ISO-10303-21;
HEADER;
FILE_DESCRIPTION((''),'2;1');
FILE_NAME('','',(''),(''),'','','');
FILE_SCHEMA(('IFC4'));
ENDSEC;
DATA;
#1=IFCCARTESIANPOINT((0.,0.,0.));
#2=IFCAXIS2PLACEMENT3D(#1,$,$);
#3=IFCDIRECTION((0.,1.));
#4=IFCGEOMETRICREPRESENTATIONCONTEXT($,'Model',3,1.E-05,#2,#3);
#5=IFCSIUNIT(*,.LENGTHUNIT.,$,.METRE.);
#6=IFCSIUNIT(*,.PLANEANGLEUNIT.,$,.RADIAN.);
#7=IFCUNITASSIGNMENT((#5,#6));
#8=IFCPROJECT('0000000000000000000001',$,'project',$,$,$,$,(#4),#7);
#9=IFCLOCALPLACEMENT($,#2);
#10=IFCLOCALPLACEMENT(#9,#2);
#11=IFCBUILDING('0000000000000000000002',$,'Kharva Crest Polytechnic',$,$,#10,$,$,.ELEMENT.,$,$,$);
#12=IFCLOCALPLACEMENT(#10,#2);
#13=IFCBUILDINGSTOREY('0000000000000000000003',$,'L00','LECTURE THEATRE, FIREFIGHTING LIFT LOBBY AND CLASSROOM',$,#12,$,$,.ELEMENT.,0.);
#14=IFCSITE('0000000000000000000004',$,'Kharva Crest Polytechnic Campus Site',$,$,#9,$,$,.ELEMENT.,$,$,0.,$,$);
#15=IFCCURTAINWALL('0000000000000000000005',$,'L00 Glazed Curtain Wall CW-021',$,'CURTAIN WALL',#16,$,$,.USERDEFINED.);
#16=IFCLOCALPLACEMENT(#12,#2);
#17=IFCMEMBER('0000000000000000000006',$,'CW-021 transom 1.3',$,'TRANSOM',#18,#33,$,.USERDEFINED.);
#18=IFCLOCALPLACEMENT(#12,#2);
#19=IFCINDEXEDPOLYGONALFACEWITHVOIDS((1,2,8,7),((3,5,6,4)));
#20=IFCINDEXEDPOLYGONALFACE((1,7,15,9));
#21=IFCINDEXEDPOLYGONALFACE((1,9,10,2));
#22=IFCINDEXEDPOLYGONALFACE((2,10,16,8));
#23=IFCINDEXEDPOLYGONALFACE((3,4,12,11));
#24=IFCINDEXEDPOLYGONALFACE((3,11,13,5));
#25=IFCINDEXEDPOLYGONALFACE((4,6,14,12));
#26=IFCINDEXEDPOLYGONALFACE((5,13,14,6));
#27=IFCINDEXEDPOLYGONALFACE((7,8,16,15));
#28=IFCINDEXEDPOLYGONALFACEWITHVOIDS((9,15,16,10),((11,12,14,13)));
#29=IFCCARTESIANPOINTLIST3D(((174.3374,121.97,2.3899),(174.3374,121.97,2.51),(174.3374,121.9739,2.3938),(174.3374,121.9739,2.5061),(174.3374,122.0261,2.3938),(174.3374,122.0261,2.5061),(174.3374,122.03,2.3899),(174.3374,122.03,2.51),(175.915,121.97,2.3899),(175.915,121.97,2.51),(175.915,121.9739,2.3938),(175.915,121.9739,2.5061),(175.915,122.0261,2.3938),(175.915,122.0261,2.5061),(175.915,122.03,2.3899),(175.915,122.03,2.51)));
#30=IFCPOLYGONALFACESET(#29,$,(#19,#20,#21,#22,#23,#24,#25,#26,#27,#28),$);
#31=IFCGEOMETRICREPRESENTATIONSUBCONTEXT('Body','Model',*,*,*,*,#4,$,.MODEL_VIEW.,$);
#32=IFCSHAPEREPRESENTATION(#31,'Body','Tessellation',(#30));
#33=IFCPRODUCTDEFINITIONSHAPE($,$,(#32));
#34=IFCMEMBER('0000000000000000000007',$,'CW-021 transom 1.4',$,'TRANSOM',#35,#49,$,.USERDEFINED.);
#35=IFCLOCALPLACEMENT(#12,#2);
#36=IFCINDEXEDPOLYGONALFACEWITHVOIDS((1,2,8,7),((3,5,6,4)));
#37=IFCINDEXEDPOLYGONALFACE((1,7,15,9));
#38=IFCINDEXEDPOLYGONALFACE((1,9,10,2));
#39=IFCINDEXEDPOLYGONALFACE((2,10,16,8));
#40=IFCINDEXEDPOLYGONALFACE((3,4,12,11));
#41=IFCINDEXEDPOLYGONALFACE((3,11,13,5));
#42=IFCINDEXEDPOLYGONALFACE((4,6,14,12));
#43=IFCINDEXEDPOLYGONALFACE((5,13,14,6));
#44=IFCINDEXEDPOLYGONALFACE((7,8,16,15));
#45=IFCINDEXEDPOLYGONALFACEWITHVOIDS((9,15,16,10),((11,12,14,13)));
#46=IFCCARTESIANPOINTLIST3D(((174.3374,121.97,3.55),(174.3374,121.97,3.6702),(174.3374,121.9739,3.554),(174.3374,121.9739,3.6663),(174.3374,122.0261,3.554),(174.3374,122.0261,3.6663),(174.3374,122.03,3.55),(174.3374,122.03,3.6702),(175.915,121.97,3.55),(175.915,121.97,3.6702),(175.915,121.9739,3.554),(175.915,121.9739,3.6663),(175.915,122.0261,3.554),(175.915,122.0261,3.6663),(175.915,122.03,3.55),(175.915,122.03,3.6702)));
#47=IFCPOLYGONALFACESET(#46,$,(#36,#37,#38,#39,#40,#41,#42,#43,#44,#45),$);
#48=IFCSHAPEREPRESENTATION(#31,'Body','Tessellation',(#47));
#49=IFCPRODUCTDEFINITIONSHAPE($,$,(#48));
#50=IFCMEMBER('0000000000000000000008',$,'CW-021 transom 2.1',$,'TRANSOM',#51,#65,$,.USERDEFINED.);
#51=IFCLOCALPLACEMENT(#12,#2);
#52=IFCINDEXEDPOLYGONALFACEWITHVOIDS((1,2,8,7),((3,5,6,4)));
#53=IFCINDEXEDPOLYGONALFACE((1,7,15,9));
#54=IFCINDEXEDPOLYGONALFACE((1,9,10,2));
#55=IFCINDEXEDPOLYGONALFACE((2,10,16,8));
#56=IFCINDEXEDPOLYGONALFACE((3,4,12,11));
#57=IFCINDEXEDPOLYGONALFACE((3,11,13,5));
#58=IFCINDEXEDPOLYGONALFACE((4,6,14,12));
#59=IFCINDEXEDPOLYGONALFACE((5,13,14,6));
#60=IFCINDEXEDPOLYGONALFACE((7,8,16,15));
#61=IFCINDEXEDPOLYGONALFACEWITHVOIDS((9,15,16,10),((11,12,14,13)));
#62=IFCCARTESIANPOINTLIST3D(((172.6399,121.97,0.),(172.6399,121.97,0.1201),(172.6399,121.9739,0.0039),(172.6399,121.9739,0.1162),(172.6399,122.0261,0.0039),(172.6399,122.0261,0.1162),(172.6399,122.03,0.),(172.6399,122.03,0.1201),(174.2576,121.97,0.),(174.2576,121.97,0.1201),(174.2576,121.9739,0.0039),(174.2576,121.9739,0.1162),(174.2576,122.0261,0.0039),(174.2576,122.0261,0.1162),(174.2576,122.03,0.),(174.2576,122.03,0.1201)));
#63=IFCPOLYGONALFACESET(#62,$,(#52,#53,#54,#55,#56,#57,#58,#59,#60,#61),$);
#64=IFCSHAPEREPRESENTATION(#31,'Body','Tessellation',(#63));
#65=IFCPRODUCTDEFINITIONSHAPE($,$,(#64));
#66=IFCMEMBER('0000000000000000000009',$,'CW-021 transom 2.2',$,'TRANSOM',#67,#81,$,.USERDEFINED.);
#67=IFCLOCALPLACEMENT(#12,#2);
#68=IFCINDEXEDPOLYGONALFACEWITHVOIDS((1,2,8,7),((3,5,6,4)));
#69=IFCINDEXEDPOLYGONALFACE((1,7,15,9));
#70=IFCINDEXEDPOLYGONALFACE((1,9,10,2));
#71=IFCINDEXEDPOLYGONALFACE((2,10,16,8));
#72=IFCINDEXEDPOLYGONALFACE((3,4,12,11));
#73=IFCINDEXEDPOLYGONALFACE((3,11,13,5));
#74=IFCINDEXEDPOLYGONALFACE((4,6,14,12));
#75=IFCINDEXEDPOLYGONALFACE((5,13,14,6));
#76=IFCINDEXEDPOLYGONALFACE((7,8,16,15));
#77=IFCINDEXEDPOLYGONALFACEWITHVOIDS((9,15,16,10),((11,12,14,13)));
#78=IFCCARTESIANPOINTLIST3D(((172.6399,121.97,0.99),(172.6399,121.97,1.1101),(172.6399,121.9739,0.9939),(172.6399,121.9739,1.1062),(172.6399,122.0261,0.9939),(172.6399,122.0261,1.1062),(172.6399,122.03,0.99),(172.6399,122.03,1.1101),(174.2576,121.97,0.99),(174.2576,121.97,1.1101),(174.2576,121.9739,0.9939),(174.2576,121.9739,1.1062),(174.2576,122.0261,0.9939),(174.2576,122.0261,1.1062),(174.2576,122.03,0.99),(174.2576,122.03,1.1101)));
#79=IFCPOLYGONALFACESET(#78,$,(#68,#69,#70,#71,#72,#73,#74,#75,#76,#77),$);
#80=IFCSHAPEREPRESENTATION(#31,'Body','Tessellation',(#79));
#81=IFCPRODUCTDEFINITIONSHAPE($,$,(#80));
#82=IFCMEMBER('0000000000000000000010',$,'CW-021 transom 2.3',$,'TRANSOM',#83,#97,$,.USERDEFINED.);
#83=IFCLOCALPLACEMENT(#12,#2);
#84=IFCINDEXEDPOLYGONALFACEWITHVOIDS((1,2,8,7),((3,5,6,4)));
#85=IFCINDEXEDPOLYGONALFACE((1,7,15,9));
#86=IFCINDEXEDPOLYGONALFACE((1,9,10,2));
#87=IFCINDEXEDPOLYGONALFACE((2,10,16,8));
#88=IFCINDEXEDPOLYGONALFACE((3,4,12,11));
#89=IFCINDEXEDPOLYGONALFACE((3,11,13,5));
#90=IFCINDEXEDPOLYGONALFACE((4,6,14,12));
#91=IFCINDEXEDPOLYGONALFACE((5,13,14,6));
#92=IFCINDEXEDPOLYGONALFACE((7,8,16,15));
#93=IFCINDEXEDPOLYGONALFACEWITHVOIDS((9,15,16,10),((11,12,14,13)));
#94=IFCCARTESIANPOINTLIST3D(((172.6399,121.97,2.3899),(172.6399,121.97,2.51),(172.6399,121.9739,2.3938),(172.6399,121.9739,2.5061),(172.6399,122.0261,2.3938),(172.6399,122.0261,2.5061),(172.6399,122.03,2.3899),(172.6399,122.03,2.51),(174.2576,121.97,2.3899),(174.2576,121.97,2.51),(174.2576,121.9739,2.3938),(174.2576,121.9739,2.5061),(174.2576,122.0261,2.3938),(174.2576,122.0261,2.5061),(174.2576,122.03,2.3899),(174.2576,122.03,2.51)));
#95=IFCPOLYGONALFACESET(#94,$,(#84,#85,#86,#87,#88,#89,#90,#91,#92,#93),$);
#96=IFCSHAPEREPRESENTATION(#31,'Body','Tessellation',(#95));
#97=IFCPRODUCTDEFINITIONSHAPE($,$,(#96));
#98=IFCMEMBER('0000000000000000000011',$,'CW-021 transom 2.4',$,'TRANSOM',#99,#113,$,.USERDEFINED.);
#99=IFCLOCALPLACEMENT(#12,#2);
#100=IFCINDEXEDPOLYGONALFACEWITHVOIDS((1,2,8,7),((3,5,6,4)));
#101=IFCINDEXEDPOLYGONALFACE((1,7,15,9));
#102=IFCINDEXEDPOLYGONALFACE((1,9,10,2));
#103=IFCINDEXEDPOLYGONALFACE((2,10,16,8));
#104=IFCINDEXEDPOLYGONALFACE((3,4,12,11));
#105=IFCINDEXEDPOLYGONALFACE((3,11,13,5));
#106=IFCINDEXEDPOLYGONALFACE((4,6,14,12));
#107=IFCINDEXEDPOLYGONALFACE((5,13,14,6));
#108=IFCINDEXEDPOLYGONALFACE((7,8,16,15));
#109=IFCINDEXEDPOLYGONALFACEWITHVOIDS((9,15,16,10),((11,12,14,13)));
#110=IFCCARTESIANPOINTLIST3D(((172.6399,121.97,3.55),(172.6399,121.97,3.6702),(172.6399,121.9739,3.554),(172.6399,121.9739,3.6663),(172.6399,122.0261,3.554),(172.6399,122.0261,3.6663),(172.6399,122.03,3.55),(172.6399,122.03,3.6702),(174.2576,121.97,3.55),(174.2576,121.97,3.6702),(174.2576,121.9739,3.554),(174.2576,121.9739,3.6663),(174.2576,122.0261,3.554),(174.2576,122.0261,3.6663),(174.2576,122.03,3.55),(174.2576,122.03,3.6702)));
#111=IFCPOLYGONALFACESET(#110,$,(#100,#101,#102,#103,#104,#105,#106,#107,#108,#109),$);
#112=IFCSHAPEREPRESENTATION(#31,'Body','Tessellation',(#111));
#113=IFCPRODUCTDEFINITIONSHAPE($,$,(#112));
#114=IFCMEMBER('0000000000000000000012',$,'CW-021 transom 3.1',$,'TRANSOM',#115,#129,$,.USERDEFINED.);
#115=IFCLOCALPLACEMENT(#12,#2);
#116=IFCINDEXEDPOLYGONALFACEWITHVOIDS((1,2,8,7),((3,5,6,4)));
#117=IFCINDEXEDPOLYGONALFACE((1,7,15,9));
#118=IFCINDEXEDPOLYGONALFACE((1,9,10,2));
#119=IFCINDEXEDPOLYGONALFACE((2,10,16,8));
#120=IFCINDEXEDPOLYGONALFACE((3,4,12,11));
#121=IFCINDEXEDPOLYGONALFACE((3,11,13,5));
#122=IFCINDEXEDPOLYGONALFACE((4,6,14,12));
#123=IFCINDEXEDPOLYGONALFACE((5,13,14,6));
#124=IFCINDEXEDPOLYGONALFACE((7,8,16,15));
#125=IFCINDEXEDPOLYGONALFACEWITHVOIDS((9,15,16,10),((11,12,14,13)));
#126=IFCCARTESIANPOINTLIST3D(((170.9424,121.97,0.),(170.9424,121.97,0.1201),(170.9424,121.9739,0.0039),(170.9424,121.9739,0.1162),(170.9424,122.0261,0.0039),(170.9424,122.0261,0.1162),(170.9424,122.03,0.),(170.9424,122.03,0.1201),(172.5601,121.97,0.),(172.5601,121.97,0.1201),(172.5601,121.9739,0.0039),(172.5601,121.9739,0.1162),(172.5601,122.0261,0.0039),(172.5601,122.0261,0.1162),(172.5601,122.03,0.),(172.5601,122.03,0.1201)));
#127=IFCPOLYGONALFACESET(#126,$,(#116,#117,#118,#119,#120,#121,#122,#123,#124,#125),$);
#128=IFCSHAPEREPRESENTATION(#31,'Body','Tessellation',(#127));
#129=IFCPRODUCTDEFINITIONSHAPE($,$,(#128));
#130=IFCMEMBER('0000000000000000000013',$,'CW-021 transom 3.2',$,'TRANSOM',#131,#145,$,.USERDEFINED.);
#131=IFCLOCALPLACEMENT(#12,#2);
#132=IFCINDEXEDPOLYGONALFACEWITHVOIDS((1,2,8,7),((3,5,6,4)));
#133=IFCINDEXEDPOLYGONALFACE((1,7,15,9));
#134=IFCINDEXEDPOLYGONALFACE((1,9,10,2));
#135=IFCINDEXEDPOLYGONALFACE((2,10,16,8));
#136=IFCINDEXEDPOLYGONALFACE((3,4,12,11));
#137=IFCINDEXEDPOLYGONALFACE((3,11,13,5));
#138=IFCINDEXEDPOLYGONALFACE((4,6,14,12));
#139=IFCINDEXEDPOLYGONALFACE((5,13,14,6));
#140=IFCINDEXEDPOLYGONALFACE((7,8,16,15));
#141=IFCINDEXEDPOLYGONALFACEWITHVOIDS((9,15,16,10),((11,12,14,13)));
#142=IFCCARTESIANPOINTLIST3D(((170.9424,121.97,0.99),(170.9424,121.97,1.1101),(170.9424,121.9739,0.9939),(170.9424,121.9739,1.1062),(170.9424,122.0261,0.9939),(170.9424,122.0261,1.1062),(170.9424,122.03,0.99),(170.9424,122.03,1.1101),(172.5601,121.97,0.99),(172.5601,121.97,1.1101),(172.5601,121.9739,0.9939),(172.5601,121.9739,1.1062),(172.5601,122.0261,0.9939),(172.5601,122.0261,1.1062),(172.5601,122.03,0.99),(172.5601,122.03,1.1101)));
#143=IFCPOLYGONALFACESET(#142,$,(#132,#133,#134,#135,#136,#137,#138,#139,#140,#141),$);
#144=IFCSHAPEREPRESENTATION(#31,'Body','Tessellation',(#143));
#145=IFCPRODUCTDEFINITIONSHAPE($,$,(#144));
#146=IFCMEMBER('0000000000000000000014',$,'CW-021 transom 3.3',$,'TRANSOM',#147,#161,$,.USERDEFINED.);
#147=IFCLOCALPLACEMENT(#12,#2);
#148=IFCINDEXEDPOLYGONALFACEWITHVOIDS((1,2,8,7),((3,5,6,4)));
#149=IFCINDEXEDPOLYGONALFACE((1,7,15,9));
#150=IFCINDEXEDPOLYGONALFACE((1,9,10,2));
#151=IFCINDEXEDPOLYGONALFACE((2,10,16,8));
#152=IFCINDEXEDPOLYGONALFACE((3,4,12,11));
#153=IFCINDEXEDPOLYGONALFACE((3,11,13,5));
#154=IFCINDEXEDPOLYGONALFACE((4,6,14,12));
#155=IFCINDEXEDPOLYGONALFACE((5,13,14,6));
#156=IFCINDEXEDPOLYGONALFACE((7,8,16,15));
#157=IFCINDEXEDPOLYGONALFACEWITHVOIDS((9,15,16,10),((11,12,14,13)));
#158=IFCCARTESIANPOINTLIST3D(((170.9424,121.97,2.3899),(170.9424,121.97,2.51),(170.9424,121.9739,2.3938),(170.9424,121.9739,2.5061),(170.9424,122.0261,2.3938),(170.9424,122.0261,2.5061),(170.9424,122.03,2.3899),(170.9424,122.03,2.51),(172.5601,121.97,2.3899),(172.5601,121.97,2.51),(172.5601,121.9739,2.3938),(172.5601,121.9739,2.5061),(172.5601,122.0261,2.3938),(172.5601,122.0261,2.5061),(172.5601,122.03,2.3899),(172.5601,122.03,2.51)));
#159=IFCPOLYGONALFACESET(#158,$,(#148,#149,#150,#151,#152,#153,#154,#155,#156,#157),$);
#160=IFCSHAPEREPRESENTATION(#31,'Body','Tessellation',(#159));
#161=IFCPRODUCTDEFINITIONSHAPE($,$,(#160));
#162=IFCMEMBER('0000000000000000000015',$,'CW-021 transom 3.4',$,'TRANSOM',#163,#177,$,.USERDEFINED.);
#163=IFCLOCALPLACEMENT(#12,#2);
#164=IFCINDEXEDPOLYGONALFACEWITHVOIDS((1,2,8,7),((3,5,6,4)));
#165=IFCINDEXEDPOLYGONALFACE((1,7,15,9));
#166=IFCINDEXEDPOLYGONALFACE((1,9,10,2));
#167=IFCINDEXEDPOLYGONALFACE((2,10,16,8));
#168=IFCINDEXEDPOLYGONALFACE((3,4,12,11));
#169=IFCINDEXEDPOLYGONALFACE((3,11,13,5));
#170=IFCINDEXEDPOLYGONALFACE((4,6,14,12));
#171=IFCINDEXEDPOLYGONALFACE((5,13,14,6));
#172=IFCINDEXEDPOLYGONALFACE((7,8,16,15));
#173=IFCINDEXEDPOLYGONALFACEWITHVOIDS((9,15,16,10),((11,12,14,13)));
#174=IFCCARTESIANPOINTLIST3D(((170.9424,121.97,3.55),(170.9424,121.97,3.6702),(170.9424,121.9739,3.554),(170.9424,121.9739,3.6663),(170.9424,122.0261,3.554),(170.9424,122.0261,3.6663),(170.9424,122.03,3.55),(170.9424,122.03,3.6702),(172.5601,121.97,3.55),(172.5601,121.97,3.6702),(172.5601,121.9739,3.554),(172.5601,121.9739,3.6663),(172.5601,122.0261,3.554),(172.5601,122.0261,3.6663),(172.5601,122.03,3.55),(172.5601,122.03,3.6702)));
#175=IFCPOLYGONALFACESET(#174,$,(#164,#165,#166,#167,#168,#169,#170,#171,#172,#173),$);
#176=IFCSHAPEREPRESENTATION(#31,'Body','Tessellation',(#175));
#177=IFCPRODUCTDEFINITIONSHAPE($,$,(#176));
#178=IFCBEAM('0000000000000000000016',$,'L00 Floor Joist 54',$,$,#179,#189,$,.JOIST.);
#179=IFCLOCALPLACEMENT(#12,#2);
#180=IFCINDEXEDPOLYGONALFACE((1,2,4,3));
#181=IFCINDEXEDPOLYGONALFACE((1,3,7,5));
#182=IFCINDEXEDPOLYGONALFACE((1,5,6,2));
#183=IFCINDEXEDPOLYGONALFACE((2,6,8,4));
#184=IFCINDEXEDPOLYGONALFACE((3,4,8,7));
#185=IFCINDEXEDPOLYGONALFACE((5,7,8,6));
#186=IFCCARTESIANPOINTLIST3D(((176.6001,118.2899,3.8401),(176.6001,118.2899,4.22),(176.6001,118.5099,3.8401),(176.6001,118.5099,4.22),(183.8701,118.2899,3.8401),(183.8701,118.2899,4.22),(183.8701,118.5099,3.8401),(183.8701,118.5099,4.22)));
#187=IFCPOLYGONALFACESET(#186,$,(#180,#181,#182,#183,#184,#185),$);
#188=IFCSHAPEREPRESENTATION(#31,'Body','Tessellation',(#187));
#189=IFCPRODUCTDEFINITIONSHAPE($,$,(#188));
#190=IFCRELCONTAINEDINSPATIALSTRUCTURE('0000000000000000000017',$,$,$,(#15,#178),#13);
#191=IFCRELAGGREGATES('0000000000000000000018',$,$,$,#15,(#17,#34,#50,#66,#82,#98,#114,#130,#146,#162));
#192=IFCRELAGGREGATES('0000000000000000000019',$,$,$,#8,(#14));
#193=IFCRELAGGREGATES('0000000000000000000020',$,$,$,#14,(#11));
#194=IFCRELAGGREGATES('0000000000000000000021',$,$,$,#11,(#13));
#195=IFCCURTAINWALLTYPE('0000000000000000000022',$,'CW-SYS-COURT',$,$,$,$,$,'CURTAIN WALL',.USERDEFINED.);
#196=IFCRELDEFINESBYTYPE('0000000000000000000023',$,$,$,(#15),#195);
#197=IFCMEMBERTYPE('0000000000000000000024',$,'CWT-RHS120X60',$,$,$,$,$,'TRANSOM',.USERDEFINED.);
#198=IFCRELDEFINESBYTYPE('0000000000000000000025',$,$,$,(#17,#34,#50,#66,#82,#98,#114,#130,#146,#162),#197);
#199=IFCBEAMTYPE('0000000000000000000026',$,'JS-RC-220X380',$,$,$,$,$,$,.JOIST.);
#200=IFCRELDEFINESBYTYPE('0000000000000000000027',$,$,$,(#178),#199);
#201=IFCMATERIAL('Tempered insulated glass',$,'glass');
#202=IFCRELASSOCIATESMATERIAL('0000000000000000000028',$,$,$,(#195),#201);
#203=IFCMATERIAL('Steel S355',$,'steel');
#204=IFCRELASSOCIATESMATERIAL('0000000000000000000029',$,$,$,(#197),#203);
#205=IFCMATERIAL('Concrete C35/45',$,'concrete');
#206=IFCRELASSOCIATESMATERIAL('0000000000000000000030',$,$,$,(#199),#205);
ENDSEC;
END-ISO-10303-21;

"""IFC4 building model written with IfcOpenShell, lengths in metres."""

from ifc_helpers import new_model, si_unit, direction, frame, origin, origin_2d, place, context, subcontext, project, spatial, rectangle, hollow_rectangle, extrude, material, material_profile, profile_set, type_object, element, aggregate, save


model = new_model("IFC4")

# Units and contexts
model_context = context("Model", 3, precision=1e-05, world=origin(), true_north=direction((0.0, 1.0)))
body_context = subcontext(model_context, "Body", "Model", "MODEL_VIEW")
ifc_project = project(units=[si_unit("LENGTHUNIT", "METRE"), si_unit("PLANEANGLEUNIT", "RADIAN")], contexts=[model_context])

# Site, building, storey
site_placement = place(None, origin())
site = spatial("IfcSite", under=ifc_project, at=site_placement, Name="Kharva Crest Polytechnic Campus Site", CompositionType="ELEMENT", RefElevation=0.0)
building_placement = place(site_placement, origin())
building = spatial("IfcBuilding", under=site, at=building_placement, Name="Kharva Crest Polytechnic", CompositionType="ELEMENT")
storey_placement = place(building_placement, origin())
storey = spatial("IfcBuildingStorey", under=building, at=storey_placement, Name="L00", Description="LECTURE THEATRE, FIREFIGHTING LIFT LOBBY AND CLASSROOM", CompositionType="ELEMENT", Elevation=0.0)

# Shared definitions
ifc_material_1 = material(Name="Concrete C35/45", Category="concrete")

# Curtain wall, members
ifc_material_2 = material(Name="Tempered insulated glass", Category="glass")
curtain_wall_type = type_object("IfcCurtainWallType", Name="CW-SYS-COURT", ElementType="CURTAIN WALL", PredefinedType="USERDEFINED", material=ifc_material_2)
curtain_wall_placement = place(storey_placement, origin())
curtain_wall = element("IfcCurtainWall", 1, at=curtain_wall_placement, inside=storey, type_object=curtain_wall_type, Name="L00 Glazed Curtain Wall CW-021", ObjectType="CURTAIN WALL", PredefinedType="USERDEFINED")
ifc_material_3 = material(Name="Steel S355", Category="steel")
ifc_material_profile_1 = material_profile(ifc_material_3, hollow_rectangle(XDim=0.0601, YDim=0.1201, WallThickness=0.0039, at=origin_2d()), Name="RHS 120X60X4.0")
ifc_profile_set_1 = profile_set([ifc_material_profile_1], Name="Steel S355")
member_type_1 = type_object("IfcMemberType", Name="CWT-RHS120X60", ElementType="TRANSOM", PredefinedType="USERDEFINED", material=ifc_profile_set_1)
member_1_placement = place(storey_placement, frame((175.915, 122.0, 2.45), z_axis=(-1.0, 0.0, 0.0), x_axis=(0.0, -1.0, 0.0)))
member_1 = element("IfcMember", 2, at=member_1_placement, type_object=member_type_1, Name="CW-021 transom 1.3", ObjectType="TRANSOM", PredefinedType="USERDEFINED", context=body_context, shape_type="SweptSolid", body=[
    extrude(hollow_rectangle(XDim=0.0601, YDim=0.1201, WallThickness=0.0039, at=origin_2d()), origin(), (0.0, 0.0, 1.0), 1.5776),
])
member_2_placement = place(storey_placement, frame((175.915, 122.0, 3.6101), z_axis=(-1.0, 0.0, 0.0), x_axis=(0.0, -1.0, 0.0)))
member_2 = element("IfcMember", 3, at=member_2_placement, type_object=member_type_1, Name="CW-021 transom 1.4", ObjectType="TRANSOM", PredefinedType="USERDEFINED", context=body_context, shape_type="SweptSolid", body=[
    extrude(hollow_rectangle(XDim=0.0601, YDim=0.1201, WallThickness=0.0039, at=origin_2d()), origin(), (0.0, 0.0, 1.0), 1.5776),
])
member_3_placement = place(storey_placement, frame((174.2576, 122.0, 0.0601), z_axis=(-1.0, 0.0, 0.0), x_axis=(0.0, -1.0, 0.0)))
member_3 = element("IfcMember", 4, at=member_3_placement, type_object=member_type_1, Name="CW-021 transom 2.1", ObjectType="TRANSOM", PredefinedType="USERDEFINED", context=body_context, shape_type="SweptSolid", body=[
    extrude(hollow_rectangle(XDim=0.0601, YDim=0.1201, WallThickness=0.0039, at=origin_2d()), origin(), (0.0, 0.0, 1.0), 1.6177),
])
member_4_placement = place(storey_placement, frame((174.2576, 122.0, 1.05), z_axis=(-1.0, 0.0, 0.0), x_axis=(0.0, -1.0, 0.0)))
member_4 = element("IfcMember", 5, at=member_4_placement, type_object=member_type_1, Name="CW-021 transom 2.2", ObjectType="TRANSOM", PredefinedType="USERDEFINED", context=body_context, shape_type="SweptSolid", body=[
    extrude(hollow_rectangle(XDim=0.0601, YDim=0.1201, WallThickness=0.0039, at=origin_2d()), origin(), (0.0, 0.0, 1.0), 1.6177),
])
member_5_placement = place(storey_placement, frame((174.2576, 122.0, 2.45), z_axis=(-1.0, 0.0, 0.0), x_axis=(0.0, -1.0, 0.0)))
member_5 = element("IfcMember", 6, at=member_5_placement, type_object=member_type_1, Name="CW-021 transom 2.3", ObjectType="TRANSOM", PredefinedType="USERDEFINED", context=body_context, shape_type="SweptSolid", body=[
    extrude(hollow_rectangle(XDim=0.0601, YDim=0.1201, WallThickness=0.0039, at=origin_2d()), origin(), (0.0, 0.0, 1.0), 1.6177),
])
member_6_placement = place(storey_placement, frame((174.2576, 122.0, 3.6101), z_axis=(-1.0, 0.0, 0.0), x_axis=(0.0, -1.0, 0.0)))
member_6 = element("IfcMember", 7, at=member_6_placement, type_object=member_type_1, Name="CW-021 transom 2.4", ObjectType="TRANSOM", PredefinedType="USERDEFINED", context=body_context, shape_type="SweptSolid", body=[
    extrude(hollow_rectangle(XDim=0.0601, YDim=0.1201, WallThickness=0.0039, at=origin_2d()), origin(), (0.0, 0.0, 1.0), 1.6177),
])
member_7_placement = place(storey_placement, frame((172.5601, 122.0, 0.0601), z_axis=(-1.0, 0.0, 0.0), x_axis=(0.0, -1.0, 0.0)))
member_7 = element("IfcMember", 8, at=member_7_placement, type_object=member_type_1, Name="CW-021 transom 3.1", ObjectType="TRANSOM", PredefinedType="USERDEFINED", context=body_context, shape_type="SweptSolid", body=[
    extrude(hollow_rectangle(XDim=0.0601, YDim=0.1201, WallThickness=0.0039, at=origin_2d()), origin(), (0.0, 0.0, 1.0), 1.6177),
])
member_8_placement = place(storey_placement, frame((172.5601, 122.0, 1.05), z_axis=(-1.0, 0.0, 0.0), x_axis=(0.0, -1.0, 0.0)))
member_8 = element("IfcMember", 9, at=member_8_placement, type_object=member_type_1, Name="CW-021 transom 3.2", ObjectType="TRANSOM", PredefinedType="USERDEFINED", context=body_context, shape_type="SweptSolid", body=[
    extrude(hollow_rectangle(XDim=0.0601, YDim=0.1201, WallThickness=0.0039, at=origin_2d()), origin(), (0.0, 0.0, 1.0), 1.6177),
])
member_9_placement = place(storey_placement, frame((172.5601, 122.0, 2.45), z_axis=(-1.0, 0.0, 0.0), x_axis=(0.0, -1.0, 0.0)))
member_9 = element("IfcMember", 10, at=member_9_placement, type_object=member_type_1, Name="CW-021 transom 3.3", ObjectType="TRANSOM", PredefinedType="USERDEFINED", context=body_context, shape_type="SweptSolid", body=[
    extrude(hollow_rectangle(XDim=0.0601, YDim=0.1201, WallThickness=0.0039, at=origin_2d()), origin(), (0.0, 0.0, 1.0), 1.6177),
])
member_10_placement = place(storey_placement, frame((172.5601, 122.0, 3.6101), z_axis=(-1.0, 0.0, 0.0), x_axis=(0.0, -1.0, 0.0)))
member_10 = element("IfcMember", 11, at=member_10_placement, type_object=member_type_1, Name="CW-021 transom 3.4", ObjectType="TRANSOM", PredefinedType="USERDEFINED", context=body_context, shape_type="SweptSolid", body=[
    extrude(hollow_rectangle(XDim=0.0601, YDim=0.1201, WallThickness=0.0039, at=origin_2d()), origin(), (0.0, 0.0, 1.0), 1.6177),
])

# Beam
ifc_material_profile_2 = material_profile(ifc_material_1, rectangle(XDim=0.22, YDim=0.3799, at=origin_2d()), Name="RECT 220 X 380")
ifc_profile_set_2 = profile_set([ifc_material_profile_2], Name="Concrete C35/45")
beam_type_1 = type_object("IfcBeamType", Name="JS-RC-220X380", PredefinedType="JOIST", material=ifc_profile_set_2)
beam_1_placement = place(storey_placement, frame((176.6001, 118.3999, 4.03), z_axis=(1.0, 0.0, 0.0), x_axis=(0.0, 1.0, 0.0)))
element("IfcBeam", 12, at=beam_1_placement, inside=storey, type_object=beam_type_1, Name="L00 Floor Joist 54", PredefinedType="JOIST", context=body_context, shape_type="SweptSolid", body=[
    extrude(rectangle(XDim=0.22, YDim=0.3799, at=origin_2d()), origin(), (0.0, 0.0, 1.0), 7.27),
])

aggregate(curtain_wall, [member_1, member_2, member_3, member_4, member_5, member_6, member_7, member_8, member_9, member_10])

save(model, "model.ifc")
